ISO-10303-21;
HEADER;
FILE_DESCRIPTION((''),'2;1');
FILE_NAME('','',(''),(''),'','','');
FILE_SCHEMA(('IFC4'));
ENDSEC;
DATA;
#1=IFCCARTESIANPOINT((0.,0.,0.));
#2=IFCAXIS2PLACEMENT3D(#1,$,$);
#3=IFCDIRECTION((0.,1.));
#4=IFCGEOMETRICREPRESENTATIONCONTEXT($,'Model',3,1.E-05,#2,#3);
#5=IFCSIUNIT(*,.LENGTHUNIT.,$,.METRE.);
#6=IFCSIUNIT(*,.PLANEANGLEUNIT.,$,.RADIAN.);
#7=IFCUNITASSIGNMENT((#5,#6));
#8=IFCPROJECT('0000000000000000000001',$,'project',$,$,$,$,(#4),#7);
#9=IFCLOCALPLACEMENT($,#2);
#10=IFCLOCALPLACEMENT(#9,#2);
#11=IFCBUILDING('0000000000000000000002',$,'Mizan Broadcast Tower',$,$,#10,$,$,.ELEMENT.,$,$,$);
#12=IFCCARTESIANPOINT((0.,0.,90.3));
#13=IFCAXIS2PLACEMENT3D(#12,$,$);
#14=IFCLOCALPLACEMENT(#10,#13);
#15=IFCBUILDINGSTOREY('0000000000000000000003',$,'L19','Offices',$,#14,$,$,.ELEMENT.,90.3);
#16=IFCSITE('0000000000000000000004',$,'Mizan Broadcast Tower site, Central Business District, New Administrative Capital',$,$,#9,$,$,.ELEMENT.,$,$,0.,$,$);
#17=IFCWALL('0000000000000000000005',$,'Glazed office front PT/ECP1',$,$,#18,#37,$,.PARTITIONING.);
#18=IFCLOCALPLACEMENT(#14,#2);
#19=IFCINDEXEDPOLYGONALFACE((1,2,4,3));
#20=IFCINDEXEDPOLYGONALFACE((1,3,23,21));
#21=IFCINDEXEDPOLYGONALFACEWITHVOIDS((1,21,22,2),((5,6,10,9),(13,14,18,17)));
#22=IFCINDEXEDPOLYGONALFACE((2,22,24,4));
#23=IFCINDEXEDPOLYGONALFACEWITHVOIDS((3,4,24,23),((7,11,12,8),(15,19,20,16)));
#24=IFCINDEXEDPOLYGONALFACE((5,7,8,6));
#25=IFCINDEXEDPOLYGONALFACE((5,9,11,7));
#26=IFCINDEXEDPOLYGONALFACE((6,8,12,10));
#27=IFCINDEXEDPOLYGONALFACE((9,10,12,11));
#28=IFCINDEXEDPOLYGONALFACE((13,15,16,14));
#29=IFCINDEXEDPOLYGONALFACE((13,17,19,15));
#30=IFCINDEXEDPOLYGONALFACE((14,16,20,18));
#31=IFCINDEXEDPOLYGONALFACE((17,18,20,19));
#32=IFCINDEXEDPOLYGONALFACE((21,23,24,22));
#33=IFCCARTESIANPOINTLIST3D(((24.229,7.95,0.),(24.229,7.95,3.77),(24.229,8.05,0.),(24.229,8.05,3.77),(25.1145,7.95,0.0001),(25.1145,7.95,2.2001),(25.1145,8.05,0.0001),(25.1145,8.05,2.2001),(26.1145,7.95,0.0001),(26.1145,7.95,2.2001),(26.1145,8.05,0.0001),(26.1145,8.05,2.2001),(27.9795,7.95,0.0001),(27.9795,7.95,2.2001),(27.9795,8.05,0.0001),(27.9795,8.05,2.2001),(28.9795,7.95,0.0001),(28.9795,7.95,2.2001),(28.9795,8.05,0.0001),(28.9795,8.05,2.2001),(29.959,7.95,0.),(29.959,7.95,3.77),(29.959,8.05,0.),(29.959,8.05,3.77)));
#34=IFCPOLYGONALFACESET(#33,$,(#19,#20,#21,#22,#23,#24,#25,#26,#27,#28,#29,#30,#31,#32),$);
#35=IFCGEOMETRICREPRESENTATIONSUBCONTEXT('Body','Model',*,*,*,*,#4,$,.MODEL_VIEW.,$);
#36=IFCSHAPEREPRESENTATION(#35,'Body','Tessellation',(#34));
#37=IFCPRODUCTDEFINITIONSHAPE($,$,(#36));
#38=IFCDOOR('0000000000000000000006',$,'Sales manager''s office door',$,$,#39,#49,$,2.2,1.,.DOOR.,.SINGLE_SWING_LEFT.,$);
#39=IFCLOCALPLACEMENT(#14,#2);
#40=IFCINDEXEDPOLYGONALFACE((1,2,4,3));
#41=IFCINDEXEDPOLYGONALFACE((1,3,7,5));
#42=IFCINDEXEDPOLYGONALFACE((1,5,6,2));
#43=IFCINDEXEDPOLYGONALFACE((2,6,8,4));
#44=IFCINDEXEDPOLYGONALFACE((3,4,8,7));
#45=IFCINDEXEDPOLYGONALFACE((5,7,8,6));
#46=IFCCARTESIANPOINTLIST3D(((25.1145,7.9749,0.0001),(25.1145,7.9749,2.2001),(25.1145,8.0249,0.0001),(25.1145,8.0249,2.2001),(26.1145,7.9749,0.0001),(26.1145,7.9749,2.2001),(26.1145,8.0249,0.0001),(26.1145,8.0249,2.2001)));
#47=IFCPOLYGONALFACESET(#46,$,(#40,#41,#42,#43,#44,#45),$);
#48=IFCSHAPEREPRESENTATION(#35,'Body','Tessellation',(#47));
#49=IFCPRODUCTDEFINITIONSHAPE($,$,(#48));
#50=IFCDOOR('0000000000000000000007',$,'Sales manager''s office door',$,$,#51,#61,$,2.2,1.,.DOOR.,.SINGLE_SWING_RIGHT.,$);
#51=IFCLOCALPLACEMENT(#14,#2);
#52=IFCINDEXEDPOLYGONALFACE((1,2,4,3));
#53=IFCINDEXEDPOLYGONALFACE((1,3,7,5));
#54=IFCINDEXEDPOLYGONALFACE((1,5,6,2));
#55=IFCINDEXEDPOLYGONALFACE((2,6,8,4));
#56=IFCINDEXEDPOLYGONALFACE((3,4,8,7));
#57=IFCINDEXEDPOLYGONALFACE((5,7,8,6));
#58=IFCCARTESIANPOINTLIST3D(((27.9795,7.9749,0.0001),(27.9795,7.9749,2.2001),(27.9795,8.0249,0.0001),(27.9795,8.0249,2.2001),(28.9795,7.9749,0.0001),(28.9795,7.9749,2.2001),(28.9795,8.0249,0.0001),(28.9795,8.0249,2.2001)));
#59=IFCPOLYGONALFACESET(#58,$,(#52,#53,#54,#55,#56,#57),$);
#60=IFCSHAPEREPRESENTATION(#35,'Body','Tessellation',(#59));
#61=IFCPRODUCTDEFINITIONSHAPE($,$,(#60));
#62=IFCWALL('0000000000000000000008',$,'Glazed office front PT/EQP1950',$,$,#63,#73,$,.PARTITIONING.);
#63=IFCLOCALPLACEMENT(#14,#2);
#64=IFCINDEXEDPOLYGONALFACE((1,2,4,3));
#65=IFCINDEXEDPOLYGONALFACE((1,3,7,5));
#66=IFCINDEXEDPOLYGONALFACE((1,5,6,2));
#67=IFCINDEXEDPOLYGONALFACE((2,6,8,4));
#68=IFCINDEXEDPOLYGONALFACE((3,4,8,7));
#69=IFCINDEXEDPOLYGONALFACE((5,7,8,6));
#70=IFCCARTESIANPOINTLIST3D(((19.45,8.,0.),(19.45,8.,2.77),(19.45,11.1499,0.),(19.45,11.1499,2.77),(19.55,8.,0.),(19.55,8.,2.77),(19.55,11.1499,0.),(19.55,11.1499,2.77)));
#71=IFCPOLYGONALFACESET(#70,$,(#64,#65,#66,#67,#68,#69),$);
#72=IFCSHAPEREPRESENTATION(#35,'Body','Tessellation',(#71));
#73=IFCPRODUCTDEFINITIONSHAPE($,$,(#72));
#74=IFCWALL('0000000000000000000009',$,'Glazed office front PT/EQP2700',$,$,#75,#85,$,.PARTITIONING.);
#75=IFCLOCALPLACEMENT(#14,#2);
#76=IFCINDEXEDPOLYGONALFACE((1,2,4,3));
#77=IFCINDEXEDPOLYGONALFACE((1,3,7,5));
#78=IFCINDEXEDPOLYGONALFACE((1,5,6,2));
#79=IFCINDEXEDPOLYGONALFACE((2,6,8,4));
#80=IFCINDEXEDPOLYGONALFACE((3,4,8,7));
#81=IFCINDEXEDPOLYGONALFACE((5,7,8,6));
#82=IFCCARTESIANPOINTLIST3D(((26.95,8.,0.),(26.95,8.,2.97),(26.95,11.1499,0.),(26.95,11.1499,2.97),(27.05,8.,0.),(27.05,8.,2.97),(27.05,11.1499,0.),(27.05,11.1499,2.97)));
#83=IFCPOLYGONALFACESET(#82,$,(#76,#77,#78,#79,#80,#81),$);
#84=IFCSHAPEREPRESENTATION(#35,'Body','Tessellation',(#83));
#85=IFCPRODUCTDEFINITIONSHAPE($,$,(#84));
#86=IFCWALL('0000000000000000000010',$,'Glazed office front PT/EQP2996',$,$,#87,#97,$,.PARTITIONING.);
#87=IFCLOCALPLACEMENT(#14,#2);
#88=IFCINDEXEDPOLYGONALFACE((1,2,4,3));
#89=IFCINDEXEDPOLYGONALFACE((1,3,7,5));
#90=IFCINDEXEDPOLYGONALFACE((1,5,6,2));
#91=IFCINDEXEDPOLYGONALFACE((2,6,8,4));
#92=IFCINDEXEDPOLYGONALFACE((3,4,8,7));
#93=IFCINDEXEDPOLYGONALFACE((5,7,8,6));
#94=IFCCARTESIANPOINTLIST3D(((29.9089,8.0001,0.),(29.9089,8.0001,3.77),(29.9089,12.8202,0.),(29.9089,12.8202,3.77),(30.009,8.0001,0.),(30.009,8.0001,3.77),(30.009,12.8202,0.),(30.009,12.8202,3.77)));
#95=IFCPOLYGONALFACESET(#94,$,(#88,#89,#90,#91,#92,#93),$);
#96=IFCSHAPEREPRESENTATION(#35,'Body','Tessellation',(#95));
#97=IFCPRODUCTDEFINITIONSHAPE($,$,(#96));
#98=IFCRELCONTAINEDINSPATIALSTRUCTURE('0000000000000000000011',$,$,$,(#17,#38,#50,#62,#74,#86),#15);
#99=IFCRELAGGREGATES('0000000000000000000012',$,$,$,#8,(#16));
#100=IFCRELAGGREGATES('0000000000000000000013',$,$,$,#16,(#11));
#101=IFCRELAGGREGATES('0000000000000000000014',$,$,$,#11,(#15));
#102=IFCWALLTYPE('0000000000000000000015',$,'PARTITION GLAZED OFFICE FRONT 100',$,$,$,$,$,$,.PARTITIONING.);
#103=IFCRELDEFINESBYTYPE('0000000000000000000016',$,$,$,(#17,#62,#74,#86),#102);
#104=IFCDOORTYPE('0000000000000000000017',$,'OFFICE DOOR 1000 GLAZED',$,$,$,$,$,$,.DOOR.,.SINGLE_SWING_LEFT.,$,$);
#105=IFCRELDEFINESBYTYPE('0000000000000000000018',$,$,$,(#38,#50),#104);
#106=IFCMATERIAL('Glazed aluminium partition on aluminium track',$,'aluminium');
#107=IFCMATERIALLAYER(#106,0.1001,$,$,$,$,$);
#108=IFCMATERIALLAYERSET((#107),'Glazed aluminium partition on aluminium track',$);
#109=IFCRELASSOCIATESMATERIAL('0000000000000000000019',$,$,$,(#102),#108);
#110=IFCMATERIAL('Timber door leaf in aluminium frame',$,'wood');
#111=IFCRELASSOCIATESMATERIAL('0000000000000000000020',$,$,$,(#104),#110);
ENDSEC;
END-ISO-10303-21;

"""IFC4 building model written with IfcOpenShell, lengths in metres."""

from ifc_helpers import new_model, si_unit, direction, frame, frame_2d, origin, place, context, subcontext, project, spatial, rectangle, extrude, material, layer, layer_set, type_object, element, fill, save


model = new_model("IFC4")

# Units and contexts
model_context = context("Model", 3, precision=1e-05, world=origin(), true_north=direction((0.0, 1.0)))
body_context = subcontext(model_context, "Body", "Model", "MODEL_VIEW")
ifc_project = project(units=[si_unit("LENGTHUNIT", "METRE"), si_unit("PLANEANGLEUNIT", "RADIAN")], contexts=[model_context])

# Site, building, storey
site_placement = place(None, origin())
site = spatial("IfcSite", under=ifc_project, at=site_placement, Name="Mizan Broadcast Tower site, Central Business District, New Administrative Capital", CompositionType="ELEMENT", RefElevation=0.0)
building_placement = place(site_placement, origin())
building = spatial("IfcBuilding", under=site, at=building_placement, Name="Mizan Broadcast Tower", CompositionType="ELEMENT")
storey_placement = place(building_placement, frame((0.0, 0.0, 90.3)))
storey = spatial("IfcBuildingStorey", under=building, at=storey_placement, Name="L19", Description="Offices", CompositionType="ELEMENT", Elevation=90.3)

# Shared definitions
ifc_material_1 = material(Name="Glazed aluminium partition on aluminium track", Category="aluminium")
ifc_layer_1 = layer(ifc_material_1, 0.1001)
ifc_layer_set_1 = layer_set([ifc_layer_1], Name="Glazed aluminium partition on aluminium track")
wall_type = type_object("IfcWallType", Name="PARTITION GLAZED OFFICE FRONT 100", PredefinedType="PARTITIONING", material=ifc_layer_set_1)
ifc_material_2 = material(Name="Timber door leaf in aluminium frame", Category="wood")
door_type = type_object("IfcDoorType", Name="OFFICE DOOR 1000 GLAZED", OperationType="SINGLE_SWING_LEFT", PredefinedType="DOOR", material=ifc_material_2)

# Wall, openings, doors
wall_1_placement = place(storey_placement, frame((24.229, 8.0, 0.0), z_axis=(0.0, 0.0, 1.0), x_axis=(1.0, 0.0, 0.0)))
wall_1 = element("IfcWall", 1, at=wall_1_placement, inside=storey, type_object=wall_type, Name="Glazed office front PT/ECP1", PredefinedType="PARTITIONING", context=body_context, shape_type="SweptSolid", body=[
    extrude(rectangle(XDim=5.73, YDim=0.1001, at=frame_2d((2.865, 0.0))), origin(), (0.0, 0.0, 1.0), 3.77),
])
opening_1_placement = place(wall_1_placement, frame((0.8855, 0.0, 0.0)))
opening_1 = element("IfcOpeningElement", 2, at=opening_1_placement, cuts=wall_1, PredefinedType="OPENING", context=body_context, shape_type="SweptSolid", body=[
    extrude(rectangle(XDim=1.0, YDim=2.2, at=frame_2d((0.5, 1.1001))), frame((0.0, 0.0601, 0.0), z_axis=(0.0, -1.0, 0.0), x_axis=(1.0, 0.0, 0.0)), (0.0, 0.0, 1.0), 0.1201),
])
opening_2_placement = place(wall_1_placement, frame((3.7505, 0.0, 0.0)))
opening_2 = element("IfcOpeningElement", 3, at=opening_2_placement, cuts=wall_1, PredefinedType="OPENING", context=body_context, shape_type="SweptSolid", body=[
    extrude(rectangle(XDim=1.0, YDim=2.2, at=frame_2d((0.5, 1.1001))), frame((0.0, 0.0601, 0.0), z_axis=(0.0, -1.0, 0.0), x_axis=(1.0, 0.0, 0.0)), (0.0, 0.0, 1.0), 0.1201),
])
door_1_placement = place(opening_1_placement, origin())
door_1 = element("IfcDoor", 4, at=door_1_placement, inside=storey, type_object=door_type, Name="Sales manager's office door", OperationType="SINGLE_SWING_LEFT", OverallHeight=2.2, OverallWidth=1.0, PredefinedType="DOOR", context=body_context, shape_type="SweptSolid", body=[
    extrude(rectangle(XDim=1.0, YDim=2.2, at=frame_2d((0.5, 1.1001))), frame((0.0, 0.0249, 0.0), z_axis=(0.0, -1.0, 0.0), x_axis=(1.0, 0.0, 0.0)), (0.0, 0.0, 1.0), 0.05),
])
fill(opening_1, door_1)
door_2_placement = place(opening_2_placement, origin())
door_2 = element("IfcDoor", 5, at=door_2_placement, inside=storey, type_object=door_type, Name="Sales manager's office door", OperationType="SINGLE_SWING_RIGHT", OverallHeight=2.2, OverallWidth=1.0, PredefinedType="DOOR", context=body_context, shape_type="SweptSolid", body=[
    extrude(rectangle(XDim=1.0, YDim=2.2, at=frame_2d((0.5, 1.1001))), frame((0.0, 0.0249, 0.0), z_axis=(0.0, -1.0, 0.0), x_axis=(1.0, 0.0, 0.0)), (0.0, 0.0, 1.0), 0.05),
])
fill(opening_2, door_2)

# Walls
wall_2_placement = place(storey_placement, frame((19.5, 8.0, 0.0), z_axis=(0.0, 0.0, 1.0), x_axis=(0.0, 1.0, 0.0)))
element("IfcWall", 6, at=wall_2_placement, inside=storey, type_object=wall_type, Name="Glazed office front PT/EQP1950", PredefinedType="PARTITIONING", context=body_context, shape_type="SweptSolid", body=[
    extrude(rectangle(XDim=3.1499, YDim=0.1001, at=frame_2d((1.575, 0.0))), origin(), (0.0, 0.0, 1.0), 2.77),
])
wall_3_placement = place(storey_placement, frame((27.0, 8.0, 0.0), z_axis=(0.0, 0.0, 1.0), x_axis=(0.0, 1.0, 0.0)))
element("IfcWall", 7, at=wall_3_placement, inside=storey, type_object=wall_type, Name="Glazed office front PT/EQP2700", PredefinedType="PARTITIONING", context=body_context, shape_type="SweptSolid", body=[
    extrude(rectangle(XDim=3.1499, YDim=0.1001, at=frame_2d((1.575, 0.0))), origin(), (0.0, 0.0, 1.0), 2.97),
])
wall_4_placement = place(storey_placement, frame((29.959, 8.0, 0.0), z_axis=(0.0, 0.0, 1.0), x_axis=(0.0, 1.0, 0.0)))
element("IfcWall", 8, at=wall_4_placement, inside=storey, type_object=wall_type, Name="Glazed office front PT/EQP2996", PredefinedType="PARTITIONING", context=body_context, shape_type="SweptSolid", body=[
    extrude(rectangle(XDim=4.8201, YDim=0.1001, at=frame_2d((2.4102, 0.0))), origin(), (0.0, 0.0, 1.0), 3.77),
])

save(model, "model.ifc")
